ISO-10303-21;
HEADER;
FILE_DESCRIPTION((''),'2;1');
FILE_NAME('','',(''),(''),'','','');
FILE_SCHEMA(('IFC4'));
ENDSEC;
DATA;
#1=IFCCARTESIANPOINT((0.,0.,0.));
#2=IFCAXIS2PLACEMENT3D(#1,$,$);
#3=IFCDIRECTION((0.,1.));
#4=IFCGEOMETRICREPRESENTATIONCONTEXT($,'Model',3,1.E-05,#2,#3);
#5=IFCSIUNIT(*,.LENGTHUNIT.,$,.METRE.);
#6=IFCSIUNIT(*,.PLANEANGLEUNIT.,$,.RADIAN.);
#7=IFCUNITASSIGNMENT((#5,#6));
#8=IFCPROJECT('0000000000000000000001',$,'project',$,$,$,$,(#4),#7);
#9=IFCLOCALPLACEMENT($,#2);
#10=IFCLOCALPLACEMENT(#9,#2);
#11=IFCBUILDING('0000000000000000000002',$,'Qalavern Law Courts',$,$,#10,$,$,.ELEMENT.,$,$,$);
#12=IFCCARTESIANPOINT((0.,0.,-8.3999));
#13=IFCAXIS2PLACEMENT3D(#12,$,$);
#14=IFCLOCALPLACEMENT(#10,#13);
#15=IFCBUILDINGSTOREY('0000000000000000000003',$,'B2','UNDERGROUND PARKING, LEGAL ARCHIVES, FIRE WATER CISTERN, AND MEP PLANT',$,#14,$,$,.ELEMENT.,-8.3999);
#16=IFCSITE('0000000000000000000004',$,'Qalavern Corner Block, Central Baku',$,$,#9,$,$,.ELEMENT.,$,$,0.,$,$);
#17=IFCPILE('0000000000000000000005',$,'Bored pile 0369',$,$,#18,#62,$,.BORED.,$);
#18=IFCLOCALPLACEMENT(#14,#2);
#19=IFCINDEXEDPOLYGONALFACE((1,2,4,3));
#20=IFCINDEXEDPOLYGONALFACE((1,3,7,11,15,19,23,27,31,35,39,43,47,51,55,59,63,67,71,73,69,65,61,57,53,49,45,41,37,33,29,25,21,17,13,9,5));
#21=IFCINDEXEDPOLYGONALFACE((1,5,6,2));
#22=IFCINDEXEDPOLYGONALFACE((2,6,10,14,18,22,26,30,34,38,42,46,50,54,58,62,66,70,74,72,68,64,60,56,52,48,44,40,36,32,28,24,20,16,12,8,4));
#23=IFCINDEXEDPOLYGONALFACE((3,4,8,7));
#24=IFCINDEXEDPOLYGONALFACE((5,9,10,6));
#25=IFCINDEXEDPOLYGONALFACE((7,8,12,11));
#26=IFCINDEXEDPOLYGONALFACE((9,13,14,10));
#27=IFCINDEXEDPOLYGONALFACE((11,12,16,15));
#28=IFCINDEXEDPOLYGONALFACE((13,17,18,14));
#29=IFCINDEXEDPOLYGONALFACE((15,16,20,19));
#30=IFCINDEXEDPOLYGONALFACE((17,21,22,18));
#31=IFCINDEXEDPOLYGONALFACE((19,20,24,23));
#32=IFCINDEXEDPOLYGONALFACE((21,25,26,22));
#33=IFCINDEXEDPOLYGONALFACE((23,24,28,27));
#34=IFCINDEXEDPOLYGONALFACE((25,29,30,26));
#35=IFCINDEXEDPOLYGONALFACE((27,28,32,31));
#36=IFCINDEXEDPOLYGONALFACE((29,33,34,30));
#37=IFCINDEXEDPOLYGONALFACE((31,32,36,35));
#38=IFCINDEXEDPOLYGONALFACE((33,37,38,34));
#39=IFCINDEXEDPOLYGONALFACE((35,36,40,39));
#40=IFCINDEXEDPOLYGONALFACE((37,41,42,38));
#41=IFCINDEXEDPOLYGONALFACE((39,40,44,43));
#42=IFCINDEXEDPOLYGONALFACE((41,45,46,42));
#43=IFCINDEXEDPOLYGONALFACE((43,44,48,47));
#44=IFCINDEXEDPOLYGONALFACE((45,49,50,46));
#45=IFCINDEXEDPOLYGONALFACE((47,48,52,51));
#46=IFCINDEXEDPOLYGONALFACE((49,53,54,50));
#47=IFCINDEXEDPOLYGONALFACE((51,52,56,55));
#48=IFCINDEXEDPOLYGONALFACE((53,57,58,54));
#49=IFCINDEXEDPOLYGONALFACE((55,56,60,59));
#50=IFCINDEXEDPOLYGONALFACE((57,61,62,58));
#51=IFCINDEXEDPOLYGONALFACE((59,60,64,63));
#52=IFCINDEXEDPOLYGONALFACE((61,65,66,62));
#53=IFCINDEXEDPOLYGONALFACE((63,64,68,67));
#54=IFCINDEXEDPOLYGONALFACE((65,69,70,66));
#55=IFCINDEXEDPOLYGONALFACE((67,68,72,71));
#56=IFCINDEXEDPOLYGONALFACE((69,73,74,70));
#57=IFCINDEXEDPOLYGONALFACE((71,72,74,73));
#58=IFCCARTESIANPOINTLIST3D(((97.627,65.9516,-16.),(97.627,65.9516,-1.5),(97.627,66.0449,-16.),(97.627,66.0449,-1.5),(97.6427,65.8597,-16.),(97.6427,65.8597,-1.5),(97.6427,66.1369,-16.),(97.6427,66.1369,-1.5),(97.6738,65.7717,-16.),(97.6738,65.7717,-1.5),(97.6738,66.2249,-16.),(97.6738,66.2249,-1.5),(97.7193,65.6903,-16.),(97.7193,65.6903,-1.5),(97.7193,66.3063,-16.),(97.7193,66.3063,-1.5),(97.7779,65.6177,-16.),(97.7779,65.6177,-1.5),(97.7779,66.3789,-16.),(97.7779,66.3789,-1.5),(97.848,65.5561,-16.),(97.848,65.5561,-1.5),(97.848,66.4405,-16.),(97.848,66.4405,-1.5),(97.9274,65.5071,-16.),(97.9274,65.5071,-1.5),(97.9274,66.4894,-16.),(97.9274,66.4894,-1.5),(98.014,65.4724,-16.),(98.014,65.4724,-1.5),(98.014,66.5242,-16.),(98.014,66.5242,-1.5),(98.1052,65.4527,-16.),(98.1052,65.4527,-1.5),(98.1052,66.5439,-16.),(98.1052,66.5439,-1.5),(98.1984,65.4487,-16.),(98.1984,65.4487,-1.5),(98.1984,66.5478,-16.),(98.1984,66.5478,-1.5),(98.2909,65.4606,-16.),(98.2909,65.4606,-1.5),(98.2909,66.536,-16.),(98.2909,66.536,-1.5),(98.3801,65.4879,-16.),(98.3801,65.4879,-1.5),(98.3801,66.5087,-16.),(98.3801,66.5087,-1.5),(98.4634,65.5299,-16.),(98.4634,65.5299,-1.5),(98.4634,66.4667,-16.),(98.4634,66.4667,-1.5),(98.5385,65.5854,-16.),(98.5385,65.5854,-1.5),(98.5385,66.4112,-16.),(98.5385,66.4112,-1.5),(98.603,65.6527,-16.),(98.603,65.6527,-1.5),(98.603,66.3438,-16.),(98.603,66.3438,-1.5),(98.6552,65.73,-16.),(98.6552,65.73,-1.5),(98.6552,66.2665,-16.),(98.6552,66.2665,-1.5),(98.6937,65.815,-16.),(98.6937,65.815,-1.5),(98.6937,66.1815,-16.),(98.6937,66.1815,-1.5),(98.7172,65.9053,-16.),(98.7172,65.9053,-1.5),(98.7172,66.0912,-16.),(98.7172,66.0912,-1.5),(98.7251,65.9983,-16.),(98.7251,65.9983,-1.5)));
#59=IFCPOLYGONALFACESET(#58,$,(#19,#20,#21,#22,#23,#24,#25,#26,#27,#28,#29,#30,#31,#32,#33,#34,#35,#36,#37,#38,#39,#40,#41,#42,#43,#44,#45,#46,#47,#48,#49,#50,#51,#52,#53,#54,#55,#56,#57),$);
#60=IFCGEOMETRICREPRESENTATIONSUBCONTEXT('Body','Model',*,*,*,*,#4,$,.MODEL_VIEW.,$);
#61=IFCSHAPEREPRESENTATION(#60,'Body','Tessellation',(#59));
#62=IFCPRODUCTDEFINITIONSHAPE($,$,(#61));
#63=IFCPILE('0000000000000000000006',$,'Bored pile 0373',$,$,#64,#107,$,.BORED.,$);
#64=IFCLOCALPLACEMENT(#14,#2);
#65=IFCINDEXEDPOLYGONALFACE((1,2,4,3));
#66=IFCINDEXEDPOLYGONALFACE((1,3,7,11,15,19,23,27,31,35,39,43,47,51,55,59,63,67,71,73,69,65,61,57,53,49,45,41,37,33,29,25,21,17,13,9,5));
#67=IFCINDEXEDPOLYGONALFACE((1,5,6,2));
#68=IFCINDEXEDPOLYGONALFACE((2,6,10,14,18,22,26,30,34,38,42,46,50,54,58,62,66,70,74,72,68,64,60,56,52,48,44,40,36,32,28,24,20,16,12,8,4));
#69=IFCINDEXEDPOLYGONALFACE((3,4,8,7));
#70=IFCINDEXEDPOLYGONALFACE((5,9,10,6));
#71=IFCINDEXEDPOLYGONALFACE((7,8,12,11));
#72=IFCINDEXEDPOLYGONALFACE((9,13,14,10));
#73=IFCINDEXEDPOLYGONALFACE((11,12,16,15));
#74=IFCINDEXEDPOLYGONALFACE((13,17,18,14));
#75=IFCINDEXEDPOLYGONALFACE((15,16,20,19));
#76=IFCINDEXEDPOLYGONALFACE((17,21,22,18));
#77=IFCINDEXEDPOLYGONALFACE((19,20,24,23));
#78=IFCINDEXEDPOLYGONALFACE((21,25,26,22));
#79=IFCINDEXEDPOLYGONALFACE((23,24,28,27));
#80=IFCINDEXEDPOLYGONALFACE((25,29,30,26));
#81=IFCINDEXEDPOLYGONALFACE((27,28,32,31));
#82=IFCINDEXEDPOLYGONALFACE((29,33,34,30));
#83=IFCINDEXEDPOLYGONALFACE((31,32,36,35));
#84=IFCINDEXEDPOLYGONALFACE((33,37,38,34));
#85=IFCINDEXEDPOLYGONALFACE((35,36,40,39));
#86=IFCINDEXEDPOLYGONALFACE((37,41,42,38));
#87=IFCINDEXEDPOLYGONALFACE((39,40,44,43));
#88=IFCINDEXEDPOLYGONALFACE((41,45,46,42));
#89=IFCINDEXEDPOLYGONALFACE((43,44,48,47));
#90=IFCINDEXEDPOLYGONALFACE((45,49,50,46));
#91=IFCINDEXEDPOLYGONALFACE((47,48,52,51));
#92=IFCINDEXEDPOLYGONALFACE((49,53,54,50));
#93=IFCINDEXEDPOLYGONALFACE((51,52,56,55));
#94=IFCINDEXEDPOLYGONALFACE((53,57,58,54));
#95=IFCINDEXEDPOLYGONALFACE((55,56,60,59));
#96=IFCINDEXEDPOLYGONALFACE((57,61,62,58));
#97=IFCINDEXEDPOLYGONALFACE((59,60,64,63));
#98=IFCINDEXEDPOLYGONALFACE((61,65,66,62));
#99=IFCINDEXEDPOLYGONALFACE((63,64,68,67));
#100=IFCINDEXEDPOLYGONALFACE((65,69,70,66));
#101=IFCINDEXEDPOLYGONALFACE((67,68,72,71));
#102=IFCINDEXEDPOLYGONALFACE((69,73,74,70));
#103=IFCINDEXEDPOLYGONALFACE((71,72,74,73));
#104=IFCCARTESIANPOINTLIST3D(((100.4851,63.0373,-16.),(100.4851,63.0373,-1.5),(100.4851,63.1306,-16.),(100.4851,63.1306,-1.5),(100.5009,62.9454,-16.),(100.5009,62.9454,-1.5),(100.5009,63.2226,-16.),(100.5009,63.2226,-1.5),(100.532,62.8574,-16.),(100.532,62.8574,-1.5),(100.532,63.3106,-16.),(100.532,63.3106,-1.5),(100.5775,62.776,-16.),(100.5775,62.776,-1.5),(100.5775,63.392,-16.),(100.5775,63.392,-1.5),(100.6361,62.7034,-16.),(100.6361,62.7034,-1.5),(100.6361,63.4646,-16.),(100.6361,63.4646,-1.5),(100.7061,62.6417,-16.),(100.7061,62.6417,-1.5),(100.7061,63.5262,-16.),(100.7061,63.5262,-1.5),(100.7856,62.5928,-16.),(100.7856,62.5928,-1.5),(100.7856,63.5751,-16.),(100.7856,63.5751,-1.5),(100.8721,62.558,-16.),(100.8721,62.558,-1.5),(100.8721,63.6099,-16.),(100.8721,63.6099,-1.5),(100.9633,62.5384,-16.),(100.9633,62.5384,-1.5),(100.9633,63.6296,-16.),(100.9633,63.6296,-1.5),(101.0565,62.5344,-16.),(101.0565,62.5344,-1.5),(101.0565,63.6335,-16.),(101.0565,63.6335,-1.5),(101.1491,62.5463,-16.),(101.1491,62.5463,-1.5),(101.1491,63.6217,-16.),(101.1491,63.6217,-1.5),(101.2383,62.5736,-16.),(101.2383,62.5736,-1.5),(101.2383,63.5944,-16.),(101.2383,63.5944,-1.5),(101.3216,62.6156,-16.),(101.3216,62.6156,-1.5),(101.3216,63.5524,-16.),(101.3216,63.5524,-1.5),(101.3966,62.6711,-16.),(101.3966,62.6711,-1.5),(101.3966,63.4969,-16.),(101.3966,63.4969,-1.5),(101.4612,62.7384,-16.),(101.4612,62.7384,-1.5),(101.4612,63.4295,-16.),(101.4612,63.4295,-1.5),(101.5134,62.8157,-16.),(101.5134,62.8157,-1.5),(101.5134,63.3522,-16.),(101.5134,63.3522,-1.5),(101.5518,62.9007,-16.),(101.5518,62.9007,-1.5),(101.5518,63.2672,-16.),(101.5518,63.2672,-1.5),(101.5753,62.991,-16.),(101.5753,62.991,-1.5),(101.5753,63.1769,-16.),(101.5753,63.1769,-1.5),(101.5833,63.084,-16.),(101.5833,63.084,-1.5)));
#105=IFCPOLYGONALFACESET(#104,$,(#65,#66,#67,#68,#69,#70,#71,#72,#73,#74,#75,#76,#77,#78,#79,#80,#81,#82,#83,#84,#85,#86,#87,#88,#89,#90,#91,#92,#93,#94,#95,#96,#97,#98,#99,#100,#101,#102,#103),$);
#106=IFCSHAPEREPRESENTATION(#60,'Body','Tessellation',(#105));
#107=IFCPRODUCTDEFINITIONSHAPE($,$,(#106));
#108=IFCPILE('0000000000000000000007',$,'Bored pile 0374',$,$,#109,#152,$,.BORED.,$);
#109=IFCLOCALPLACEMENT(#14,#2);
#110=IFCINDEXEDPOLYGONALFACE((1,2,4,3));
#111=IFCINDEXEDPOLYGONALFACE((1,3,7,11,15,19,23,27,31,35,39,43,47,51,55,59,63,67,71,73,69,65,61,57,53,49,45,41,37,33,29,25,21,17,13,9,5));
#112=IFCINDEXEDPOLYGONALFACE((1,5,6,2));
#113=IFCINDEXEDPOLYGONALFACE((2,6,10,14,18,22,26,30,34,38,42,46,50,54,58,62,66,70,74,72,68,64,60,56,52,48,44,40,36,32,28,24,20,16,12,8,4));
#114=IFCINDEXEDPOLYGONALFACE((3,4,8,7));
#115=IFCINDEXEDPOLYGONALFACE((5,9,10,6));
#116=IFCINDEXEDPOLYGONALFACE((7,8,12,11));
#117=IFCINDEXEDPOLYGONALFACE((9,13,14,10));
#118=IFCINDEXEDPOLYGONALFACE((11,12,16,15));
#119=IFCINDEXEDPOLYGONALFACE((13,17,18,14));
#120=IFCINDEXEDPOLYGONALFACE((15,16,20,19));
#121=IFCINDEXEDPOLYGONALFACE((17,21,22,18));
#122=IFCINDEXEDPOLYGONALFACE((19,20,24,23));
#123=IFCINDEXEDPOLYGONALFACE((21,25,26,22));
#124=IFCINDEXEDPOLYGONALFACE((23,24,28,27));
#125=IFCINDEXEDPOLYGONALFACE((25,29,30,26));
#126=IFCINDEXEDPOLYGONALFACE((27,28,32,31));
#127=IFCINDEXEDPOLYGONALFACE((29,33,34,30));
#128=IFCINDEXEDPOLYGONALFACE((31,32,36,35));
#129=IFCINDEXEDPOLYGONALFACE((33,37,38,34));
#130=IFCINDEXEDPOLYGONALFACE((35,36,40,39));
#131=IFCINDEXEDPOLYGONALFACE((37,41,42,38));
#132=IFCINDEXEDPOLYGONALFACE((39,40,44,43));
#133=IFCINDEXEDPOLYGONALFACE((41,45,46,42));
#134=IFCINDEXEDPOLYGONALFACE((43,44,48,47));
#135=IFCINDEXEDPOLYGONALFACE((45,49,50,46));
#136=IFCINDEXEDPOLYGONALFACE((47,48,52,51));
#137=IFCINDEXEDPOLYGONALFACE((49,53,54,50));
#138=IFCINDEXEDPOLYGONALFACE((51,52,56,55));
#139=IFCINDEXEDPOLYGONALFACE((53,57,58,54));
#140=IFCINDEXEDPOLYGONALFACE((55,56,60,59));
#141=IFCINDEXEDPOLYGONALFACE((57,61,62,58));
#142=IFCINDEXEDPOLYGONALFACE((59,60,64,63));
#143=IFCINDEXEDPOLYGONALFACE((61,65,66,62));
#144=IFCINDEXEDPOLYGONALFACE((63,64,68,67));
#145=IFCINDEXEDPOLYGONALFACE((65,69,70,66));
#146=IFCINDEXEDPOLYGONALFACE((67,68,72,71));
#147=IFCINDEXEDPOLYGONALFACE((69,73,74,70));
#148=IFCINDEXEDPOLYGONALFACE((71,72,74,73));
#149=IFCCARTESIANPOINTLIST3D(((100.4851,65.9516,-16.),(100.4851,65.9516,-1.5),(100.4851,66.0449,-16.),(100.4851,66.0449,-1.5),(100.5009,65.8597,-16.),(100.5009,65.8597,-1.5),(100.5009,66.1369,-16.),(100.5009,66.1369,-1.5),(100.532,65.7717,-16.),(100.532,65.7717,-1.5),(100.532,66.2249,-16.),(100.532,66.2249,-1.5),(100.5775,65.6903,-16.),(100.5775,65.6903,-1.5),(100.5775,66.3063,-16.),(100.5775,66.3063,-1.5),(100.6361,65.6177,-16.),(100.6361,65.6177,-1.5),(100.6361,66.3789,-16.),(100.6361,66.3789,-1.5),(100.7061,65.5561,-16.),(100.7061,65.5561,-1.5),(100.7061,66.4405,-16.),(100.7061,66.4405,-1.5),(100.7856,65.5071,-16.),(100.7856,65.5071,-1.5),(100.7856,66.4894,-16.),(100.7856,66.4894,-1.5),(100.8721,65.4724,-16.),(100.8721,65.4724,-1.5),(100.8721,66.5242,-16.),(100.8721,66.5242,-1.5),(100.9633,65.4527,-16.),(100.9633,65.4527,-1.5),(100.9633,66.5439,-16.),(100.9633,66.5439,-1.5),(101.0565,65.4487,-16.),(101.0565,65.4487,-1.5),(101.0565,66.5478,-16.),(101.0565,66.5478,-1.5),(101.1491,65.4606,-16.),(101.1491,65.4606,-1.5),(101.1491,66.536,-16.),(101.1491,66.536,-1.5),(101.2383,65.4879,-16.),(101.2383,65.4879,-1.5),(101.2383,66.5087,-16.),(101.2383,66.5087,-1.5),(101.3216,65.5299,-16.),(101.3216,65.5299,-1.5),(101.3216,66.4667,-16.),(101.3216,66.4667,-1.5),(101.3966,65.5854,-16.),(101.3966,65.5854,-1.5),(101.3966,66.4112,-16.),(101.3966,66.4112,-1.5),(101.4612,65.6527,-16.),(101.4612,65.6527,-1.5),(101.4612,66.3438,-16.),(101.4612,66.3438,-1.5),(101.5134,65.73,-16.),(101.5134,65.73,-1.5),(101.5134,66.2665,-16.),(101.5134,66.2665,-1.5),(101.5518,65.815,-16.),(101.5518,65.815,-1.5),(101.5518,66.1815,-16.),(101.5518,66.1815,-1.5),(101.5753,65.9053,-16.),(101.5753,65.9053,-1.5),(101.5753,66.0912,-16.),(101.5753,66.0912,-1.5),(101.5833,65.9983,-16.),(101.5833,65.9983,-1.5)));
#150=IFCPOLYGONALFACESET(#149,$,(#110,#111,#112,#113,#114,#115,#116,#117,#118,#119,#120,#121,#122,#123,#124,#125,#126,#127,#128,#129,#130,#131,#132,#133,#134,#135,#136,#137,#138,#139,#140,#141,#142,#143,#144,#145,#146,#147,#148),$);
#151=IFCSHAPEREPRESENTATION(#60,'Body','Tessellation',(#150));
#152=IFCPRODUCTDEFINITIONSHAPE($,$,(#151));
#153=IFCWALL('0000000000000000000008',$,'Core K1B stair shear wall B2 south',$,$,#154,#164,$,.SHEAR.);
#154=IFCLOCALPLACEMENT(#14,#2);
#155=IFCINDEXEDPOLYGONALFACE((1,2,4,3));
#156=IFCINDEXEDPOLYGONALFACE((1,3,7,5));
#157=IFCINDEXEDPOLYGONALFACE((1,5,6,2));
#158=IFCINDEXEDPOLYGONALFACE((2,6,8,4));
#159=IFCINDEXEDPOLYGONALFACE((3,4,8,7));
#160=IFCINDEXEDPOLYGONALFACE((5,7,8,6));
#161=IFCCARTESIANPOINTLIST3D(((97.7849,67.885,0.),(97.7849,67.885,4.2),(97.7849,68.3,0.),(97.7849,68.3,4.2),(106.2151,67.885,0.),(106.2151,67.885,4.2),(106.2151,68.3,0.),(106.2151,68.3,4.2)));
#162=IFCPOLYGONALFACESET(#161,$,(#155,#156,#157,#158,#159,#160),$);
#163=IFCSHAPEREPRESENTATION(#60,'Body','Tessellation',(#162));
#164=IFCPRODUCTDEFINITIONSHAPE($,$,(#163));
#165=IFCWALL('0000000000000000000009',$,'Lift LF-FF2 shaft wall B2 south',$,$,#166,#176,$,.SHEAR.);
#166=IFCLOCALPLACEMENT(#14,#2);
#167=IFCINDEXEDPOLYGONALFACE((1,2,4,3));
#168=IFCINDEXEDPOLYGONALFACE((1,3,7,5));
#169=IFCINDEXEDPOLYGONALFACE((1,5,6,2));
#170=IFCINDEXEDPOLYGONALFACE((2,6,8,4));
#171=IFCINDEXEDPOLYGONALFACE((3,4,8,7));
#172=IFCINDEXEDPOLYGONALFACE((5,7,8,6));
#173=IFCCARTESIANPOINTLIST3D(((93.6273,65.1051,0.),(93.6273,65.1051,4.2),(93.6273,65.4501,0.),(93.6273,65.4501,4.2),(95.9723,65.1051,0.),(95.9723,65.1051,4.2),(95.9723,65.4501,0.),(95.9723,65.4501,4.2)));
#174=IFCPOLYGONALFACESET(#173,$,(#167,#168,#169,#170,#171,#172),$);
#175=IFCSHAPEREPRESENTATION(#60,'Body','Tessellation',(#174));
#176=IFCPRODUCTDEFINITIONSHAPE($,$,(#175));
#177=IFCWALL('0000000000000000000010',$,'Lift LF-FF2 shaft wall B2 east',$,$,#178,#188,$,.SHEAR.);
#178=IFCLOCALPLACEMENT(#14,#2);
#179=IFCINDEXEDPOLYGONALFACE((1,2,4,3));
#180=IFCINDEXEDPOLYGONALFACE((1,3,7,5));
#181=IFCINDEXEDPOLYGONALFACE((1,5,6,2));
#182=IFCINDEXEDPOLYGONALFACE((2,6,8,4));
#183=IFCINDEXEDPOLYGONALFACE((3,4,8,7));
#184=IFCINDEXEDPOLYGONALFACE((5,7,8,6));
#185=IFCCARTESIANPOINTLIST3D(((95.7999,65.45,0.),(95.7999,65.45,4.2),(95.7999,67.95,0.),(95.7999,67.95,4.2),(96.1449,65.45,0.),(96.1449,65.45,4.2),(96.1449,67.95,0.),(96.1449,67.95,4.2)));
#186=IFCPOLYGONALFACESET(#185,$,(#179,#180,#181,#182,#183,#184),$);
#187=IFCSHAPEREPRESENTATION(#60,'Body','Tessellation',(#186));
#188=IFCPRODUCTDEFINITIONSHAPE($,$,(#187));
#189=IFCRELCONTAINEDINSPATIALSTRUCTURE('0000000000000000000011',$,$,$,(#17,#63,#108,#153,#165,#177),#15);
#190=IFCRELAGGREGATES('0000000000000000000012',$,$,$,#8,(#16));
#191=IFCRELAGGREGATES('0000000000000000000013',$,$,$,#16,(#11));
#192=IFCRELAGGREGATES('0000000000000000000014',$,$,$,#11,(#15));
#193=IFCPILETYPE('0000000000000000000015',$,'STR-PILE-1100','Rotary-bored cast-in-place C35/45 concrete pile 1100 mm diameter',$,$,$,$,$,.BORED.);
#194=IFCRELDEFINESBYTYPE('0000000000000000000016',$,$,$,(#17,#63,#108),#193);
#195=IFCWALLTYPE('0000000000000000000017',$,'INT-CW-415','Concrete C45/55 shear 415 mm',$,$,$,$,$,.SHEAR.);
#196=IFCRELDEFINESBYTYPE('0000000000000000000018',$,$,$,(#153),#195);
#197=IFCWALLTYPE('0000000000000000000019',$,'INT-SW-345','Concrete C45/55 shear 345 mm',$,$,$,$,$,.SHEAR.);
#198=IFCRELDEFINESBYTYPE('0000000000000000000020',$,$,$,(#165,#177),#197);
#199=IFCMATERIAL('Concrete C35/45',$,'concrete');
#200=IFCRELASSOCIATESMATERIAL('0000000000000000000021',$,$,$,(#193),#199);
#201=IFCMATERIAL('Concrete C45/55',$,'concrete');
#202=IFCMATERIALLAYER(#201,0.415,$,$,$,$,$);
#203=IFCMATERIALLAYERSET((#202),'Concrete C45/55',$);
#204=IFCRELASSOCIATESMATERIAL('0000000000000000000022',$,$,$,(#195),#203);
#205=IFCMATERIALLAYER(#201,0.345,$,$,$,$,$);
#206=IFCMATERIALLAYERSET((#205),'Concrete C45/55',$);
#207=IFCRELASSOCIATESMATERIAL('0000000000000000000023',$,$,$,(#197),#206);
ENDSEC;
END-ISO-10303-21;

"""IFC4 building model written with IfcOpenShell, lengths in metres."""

from ifc_helpers import new_model, si_unit, direction, frame, frame_2d, origin, origin_2d, place, context, subcontext, project, spatial, rectangle, circle, extrude, material, layer, layer_set, material_profile, profile_set, type_object, element, save


model = new_model("IFC4")

# Units and contexts
model_context = context("Model", 3, precision=1e-05, world=origin(), true_north=direction((0.0, 1.0)))
body_context = subcontext(model_context, "Body", "Model", "MODEL_VIEW")
ifc_project = project(units=[si_unit("LENGTHUNIT", "METRE"), si_unit("PLANEANGLEUNIT", "RADIAN")], contexts=[model_context])

# Site, building, storey
site_placement = place(None, origin())
site = spatial("IfcSite", under=ifc_project, at=site_placement, Name="Qalavern Corner Block, Central Baku", CompositionType="ELEMENT", RefElevation=0.0)
building_placement = place(site_placement, origin())
building = spatial("IfcBuilding", under=site, at=building_placement, Name="Qalavern Law Courts", CompositionType="ELEMENT")
storey_placement = place(building_placement, frame((0.0, 0.0, -8.3999)))
storey = spatial("IfcBuildingStorey", under=building, at=storey_placement, Name="B2", Description="UNDERGROUND PARKING, LEGAL ARCHIVES, FIRE WATER CISTERN, AND MEP PLANT", CompositionType="ELEMENT", Elevation=-8.3999)

# Shared definitions
ifc_material_1 = material(Name="Concrete C35/45", Category="concrete")

# Piles
ifc_material_profile_1 = material_profile(ifc_material_1, circle(Radius=0.55, at=origin_2d()), Name="BORED PILE 1100")
ifc_profile_set_1 = profile_set([ifc_material_profile_1], Name="Concrete C35/45")
pile_type_1 = type_object("IfcPileType", Name="STR-PILE-1100", Description="Rotary-bored cast-in-place C35/45 concrete pile 1100 mm diameter", PredefinedType="BORED", material=ifc_profile_set_1)
for number, where, z_axis, x_axis, name in (
    (1, (98.175, 65.9983, -1.5), (0.0, 0.0, -1.0), (1.0, 0.0, 0.0), "Bored pile 0369"),
    (2, (101.0332, 63.084, -1.5), (0.0, 0.0, -1.0), (1.0, 0.0, 0.0), "Bored pile 0373"),
    (3, (101.0332, 65.9983, -1.5), (0.0, 0.0, -1.0), (1.0, 0.0, 0.0), "Bored pile 0374"),
):
    element("IfcPile", number, at=place(storey_placement, frame(where, z_axis=z_axis, x_axis=x_axis)), inside=storey, type_object=pile_type_1, Name=name, PredefinedType="BORED", context=body_context, shape_type="SweptSolid", body=[
        extrude(circle(Radius=0.55, at=origin_2d()), origin(), (0.0, 0.0, 1.0), 14.5),
    ])

# Walls
ifc_material_2 = material(Name="Concrete C45/55", Category="concrete")
ifc_layer_1 = layer(ifc_material_2, 0.415)
ifc_layer_set_1 = layer_set([ifc_layer_1], Name="Concrete C45/55")
wall_type_1 = type_object("IfcWallType", Name="INT-CW-415", Description="Concrete C45/55 shear 415 mm", PredefinedType="SHEAR", material=ifc_layer_set_1)
wall_1_placement = place(storey_placement, frame((97.7849, 68.0925, 0.0), z_axis=(0.0, 0.0, 1.0), x_axis=(1.0, 0.0, 0.0)))
element("IfcWall", 4, at=wall_1_placement, inside=storey, type_object=wall_type_1, Name="Core K1B stair shear wall B2 south", PredefinedType="SHEAR", context=body_context, shape_type="SweptSolid", body=[
    extrude(rectangle(XDim=8.4302, YDim=0.415, at=frame_2d((4.2151, 0.0))), origin(), (0.0, 0.0, 1.0), 4.2),
])
ifc_layer_2 = layer(ifc_material_2, 0.345)
ifc_layer_set_2 = layer_set([ifc_layer_2], Name="Concrete C45/55")
wall_type_2 = type_object("IfcWallType", Name="INT-SW-345", Description="Concrete C45/55 shear 345 mm", PredefinedType="SHEAR", material=ifc_layer_set_2)
wall_2_placement = place(storey_placement, frame((93.6274, 65.2776, 0.0), z_axis=(0.0, 0.0, 1.0), x_axis=(1.0, 0.0, 0.0)))
element("IfcWall", 5, at=wall_2_placement, inside=storey, type_object=wall_type_2, Name="Lift LF-FF2 shaft wall B2 south", PredefinedType="SHEAR", context=body_context, shape_type="SweptSolid", body=[
    extrude(rectangle(XDim=2.345, YDim=0.345, at=frame_2d((1.1724, 0.0))), origin(), (0.0, 0.0, 1.0), 4.2),
])
wall_3_placement = place(storey_placement, frame((95.9724, 65.45, 0.0), z_axis=(0.0, 0.0, 1.0), x_axis=(0.0, 1.0, 0.0)))
element("IfcWall", 6, at=wall_3_placement, inside=storey, type_object=wall_type_2, Name="Lift LF-FF2 shaft wall B2 east", PredefinedType="SHEAR", context=body_context, shape_type="SweptSolid", body=[
    extrude(rectangle(XDim=2.5, YDim=0.345, at=frame_2d((1.25, 0.0))), origin(), (0.0, 0.0, 1.0), 4.2),
])

save(model, "model.ifc")
